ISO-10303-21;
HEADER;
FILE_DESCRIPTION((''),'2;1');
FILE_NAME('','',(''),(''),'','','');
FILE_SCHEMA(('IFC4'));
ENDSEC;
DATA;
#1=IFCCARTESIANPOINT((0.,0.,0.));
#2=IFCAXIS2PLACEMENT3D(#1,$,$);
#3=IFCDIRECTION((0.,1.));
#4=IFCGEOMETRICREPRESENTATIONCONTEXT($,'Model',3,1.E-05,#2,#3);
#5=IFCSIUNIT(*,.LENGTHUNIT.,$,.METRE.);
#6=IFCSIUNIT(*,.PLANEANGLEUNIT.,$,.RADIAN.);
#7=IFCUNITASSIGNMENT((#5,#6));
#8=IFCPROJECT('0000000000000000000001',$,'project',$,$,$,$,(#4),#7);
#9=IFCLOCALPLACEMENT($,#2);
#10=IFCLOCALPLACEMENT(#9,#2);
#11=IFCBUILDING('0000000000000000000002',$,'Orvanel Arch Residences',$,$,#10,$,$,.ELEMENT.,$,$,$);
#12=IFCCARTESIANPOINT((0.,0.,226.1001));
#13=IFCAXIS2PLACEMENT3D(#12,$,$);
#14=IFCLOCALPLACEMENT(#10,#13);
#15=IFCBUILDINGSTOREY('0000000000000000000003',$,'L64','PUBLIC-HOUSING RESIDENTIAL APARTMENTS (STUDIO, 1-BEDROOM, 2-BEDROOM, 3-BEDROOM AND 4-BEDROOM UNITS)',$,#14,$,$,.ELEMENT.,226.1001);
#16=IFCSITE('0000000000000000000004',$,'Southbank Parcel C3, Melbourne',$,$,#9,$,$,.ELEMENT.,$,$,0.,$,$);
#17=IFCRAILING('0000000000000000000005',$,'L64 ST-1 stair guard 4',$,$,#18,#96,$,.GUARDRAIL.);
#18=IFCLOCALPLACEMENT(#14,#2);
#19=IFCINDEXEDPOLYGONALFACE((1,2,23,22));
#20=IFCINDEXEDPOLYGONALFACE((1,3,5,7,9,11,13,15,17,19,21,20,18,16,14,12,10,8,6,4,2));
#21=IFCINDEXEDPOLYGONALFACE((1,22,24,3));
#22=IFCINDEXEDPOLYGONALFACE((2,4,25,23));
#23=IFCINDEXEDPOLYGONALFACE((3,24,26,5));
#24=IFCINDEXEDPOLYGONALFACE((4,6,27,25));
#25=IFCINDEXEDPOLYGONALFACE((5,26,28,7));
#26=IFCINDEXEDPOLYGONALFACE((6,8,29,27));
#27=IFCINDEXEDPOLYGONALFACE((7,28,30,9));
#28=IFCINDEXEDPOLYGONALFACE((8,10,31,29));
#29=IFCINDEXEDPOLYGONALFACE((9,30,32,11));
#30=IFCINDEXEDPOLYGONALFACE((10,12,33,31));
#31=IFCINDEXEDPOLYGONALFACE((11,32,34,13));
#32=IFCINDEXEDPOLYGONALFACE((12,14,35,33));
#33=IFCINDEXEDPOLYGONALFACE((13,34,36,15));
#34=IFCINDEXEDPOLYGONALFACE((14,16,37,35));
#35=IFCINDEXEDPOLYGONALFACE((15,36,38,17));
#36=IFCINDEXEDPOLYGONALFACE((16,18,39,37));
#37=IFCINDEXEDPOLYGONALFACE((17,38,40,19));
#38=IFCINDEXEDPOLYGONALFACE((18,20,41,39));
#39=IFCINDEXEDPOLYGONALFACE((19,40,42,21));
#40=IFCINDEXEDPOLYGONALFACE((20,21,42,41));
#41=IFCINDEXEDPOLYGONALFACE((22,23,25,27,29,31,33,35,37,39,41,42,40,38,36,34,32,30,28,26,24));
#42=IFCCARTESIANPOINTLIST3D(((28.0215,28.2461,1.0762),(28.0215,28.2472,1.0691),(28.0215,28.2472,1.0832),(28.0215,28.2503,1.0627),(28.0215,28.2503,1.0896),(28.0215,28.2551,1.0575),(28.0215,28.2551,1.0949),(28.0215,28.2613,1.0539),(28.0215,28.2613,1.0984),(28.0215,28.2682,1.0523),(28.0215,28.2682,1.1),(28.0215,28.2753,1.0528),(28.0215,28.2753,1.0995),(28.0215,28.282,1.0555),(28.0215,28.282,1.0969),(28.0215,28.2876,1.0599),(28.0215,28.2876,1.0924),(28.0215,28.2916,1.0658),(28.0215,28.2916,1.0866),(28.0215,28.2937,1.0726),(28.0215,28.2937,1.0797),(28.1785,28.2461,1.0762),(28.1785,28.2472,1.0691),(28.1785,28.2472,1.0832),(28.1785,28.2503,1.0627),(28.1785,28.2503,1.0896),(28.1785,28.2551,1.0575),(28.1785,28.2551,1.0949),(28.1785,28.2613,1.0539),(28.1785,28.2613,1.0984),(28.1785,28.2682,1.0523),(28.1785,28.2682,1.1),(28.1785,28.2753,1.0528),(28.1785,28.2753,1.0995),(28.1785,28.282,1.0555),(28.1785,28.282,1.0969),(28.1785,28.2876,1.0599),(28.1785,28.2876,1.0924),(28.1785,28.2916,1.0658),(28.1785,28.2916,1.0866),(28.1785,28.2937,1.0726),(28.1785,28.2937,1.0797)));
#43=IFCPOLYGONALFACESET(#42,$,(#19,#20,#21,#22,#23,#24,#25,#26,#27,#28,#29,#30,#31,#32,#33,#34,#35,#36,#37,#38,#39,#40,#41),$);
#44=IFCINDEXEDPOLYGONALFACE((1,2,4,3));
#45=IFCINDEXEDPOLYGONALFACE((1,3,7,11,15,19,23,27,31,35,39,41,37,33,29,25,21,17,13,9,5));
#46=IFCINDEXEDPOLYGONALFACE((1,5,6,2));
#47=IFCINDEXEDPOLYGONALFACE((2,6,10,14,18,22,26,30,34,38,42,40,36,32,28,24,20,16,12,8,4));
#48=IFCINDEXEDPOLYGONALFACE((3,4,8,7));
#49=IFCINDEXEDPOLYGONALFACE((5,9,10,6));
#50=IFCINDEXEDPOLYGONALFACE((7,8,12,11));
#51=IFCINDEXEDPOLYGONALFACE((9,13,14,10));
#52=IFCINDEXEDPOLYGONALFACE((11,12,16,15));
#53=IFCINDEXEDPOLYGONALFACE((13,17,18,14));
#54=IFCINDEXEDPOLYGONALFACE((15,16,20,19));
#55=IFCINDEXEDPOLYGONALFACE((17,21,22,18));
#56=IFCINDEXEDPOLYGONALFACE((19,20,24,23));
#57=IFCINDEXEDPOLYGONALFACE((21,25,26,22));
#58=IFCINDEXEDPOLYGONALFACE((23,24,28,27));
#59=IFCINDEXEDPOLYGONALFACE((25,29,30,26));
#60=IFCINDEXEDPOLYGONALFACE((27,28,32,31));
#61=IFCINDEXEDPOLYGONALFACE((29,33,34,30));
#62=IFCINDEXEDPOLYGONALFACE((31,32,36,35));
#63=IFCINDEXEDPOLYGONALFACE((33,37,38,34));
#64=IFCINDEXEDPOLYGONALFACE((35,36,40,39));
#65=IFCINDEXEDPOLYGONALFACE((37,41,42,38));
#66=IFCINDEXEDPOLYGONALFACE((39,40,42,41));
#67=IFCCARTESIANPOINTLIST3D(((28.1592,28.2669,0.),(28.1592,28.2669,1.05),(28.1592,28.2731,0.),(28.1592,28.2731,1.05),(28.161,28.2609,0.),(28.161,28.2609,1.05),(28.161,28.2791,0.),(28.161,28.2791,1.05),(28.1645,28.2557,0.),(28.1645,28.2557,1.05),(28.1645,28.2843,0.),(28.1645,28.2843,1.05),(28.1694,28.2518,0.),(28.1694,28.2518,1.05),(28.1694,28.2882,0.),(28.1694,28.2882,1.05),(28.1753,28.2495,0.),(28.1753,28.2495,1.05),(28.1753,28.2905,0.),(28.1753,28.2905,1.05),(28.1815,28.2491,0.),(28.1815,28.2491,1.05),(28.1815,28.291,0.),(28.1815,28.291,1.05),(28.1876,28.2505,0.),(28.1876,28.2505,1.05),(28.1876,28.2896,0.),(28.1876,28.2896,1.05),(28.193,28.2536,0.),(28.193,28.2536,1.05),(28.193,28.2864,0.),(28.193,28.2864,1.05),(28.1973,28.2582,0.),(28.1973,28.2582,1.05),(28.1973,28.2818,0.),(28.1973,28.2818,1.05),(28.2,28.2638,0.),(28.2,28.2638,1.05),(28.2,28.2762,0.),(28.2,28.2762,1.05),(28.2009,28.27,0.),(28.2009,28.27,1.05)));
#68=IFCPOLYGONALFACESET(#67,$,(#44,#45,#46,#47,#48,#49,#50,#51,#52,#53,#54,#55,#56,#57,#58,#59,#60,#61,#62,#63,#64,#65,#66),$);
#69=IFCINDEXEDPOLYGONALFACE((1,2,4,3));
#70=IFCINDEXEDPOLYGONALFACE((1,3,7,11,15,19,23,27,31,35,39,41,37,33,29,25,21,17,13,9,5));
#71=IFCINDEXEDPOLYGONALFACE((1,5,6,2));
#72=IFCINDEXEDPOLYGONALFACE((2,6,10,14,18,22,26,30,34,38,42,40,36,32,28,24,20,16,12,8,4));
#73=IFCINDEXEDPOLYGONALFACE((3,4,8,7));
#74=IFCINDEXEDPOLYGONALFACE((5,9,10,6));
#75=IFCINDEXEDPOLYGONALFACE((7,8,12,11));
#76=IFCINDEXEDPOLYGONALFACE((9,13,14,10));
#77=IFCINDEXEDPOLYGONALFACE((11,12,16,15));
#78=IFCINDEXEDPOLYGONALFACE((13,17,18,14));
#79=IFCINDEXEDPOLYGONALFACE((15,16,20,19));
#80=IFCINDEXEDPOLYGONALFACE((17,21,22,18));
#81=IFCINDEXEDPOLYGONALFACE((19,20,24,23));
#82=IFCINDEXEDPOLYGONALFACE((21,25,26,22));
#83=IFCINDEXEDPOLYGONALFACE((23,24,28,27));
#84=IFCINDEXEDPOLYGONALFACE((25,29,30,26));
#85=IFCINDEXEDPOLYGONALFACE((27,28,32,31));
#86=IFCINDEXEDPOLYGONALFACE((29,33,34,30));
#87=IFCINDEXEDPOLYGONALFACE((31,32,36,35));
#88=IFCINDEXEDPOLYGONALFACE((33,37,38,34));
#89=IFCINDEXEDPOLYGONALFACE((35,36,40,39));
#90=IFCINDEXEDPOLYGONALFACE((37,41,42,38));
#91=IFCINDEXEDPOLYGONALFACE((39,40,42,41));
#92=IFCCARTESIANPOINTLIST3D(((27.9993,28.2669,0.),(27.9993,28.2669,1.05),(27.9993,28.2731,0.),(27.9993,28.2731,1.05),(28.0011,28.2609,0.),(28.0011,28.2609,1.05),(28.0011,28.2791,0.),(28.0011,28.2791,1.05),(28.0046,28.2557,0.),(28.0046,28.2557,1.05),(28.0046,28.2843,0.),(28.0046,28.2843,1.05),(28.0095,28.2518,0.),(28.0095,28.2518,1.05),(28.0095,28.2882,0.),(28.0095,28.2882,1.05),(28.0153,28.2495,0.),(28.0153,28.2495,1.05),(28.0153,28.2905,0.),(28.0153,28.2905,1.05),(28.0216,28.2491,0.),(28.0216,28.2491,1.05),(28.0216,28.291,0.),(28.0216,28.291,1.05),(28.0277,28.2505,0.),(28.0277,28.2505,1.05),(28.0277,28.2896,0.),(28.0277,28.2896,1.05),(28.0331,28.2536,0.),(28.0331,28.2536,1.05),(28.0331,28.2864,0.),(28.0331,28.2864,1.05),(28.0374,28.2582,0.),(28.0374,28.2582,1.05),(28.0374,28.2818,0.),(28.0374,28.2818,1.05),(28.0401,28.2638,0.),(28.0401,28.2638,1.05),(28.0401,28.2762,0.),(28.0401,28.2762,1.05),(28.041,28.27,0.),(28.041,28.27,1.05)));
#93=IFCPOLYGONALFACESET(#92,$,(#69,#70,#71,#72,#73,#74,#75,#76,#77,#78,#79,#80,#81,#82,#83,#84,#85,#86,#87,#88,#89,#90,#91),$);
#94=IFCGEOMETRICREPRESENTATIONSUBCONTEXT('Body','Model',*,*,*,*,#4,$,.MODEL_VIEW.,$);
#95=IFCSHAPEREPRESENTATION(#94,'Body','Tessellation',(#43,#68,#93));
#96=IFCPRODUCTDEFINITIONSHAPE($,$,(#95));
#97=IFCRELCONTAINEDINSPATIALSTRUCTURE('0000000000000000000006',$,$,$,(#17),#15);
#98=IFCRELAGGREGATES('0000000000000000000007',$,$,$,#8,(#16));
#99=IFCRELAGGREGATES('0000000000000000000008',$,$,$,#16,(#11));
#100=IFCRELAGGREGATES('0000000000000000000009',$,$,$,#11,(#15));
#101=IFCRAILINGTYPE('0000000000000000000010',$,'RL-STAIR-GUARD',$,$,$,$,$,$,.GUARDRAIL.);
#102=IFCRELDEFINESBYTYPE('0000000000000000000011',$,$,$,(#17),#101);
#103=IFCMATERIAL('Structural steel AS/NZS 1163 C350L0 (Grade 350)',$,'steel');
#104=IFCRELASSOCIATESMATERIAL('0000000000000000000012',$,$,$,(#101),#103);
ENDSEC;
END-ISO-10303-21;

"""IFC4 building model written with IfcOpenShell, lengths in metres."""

from ifc_helpers import new_model, si_unit, direction, frame, origin, origin_2d, place, context, subcontext, project, spatial, circle, extrude, material, type_object, element, save


model = new_model("IFC4")

# Units and contexts
model_context = context("Model", 3, precision=1e-05, world=origin(), true_north=direction((0.0, 1.0)))
body_context = subcontext(model_context, "Body", "Model", "MODEL_VIEW")
ifc_project = project(units=[si_unit("LENGTHUNIT", "METRE"), si_unit("PLANEANGLEUNIT", "RADIAN")], contexts=[model_context])

# Site, building, storey
site_placement = place(None, origin())
site = spatial("IfcSite", under=ifc_project, at=site_placement, Name="Southbank Parcel C3, Melbourne", CompositionType="ELEMENT", RefElevation=0.0)
building_placement = place(site_placement, origin())
building = spatial("IfcBuilding", under=site, at=building_placement, Name="Orvanel Arch Residences", CompositionType="ELEMENT")
storey_placement = place(building_placement, frame((0.0, 0.0, 226.1001)))
storey = spatial("IfcBuildingStorey", under=building, at=storey_placement, Name="L64", Description="PUBLIC-HOUSING RESIDENTIAL APARTMENTS (STUDIO, 1-BEDROOM, 2-BEDROOM, 3-BEDROOM AND 4-BEDROOM UNITS)", CompositionType="ELEMENT", Elevation=226.1001)

# Shared definitions
ifc_material_1 = material(Name="Structural steel AS/NZS 1163 C350L0 (Grade 350)", Category="steel")

# Railing
railing_type_1 = type_object("IfcRailingType", Name="RL-STAIR-GUARD", PredefinedType="GUARDRAIL", material=ifc_material_1)
railing_1_placement = place(storey_placement, frame((28.1799, 28.27, 0.0)))
element("IfcRailing", 1, at=railing_1_placement, inside=storey, type_object=railing_type_1, Name="L64 ST-1 stair guard 4", PredefinedType="GUARDRAIL", context=body_context, shape_type="SweptSolid", body=[
    extrude(circle(Radius=0.0239, at=origin_2d()), frame((-0.0015, 0.0, 1.0762), z_axis=(-1.0, 0.0, 0.0), x_axis=(0.0, -1.0, 0.0)), (0.0, 0.0, 1.0), 0.157),
    extrude(circle(Radius=0.021, at=origin_2d()), origin(), (0.0, 0.0, 1.0), 1.05),
    extrude(circle(Radius=0.021, at=origin_2d()), frame((-0.1599, 0.0, 0.0)), (0.0, 0.0, 1.0), 1.05),
])

save(model, "model.ifc")
